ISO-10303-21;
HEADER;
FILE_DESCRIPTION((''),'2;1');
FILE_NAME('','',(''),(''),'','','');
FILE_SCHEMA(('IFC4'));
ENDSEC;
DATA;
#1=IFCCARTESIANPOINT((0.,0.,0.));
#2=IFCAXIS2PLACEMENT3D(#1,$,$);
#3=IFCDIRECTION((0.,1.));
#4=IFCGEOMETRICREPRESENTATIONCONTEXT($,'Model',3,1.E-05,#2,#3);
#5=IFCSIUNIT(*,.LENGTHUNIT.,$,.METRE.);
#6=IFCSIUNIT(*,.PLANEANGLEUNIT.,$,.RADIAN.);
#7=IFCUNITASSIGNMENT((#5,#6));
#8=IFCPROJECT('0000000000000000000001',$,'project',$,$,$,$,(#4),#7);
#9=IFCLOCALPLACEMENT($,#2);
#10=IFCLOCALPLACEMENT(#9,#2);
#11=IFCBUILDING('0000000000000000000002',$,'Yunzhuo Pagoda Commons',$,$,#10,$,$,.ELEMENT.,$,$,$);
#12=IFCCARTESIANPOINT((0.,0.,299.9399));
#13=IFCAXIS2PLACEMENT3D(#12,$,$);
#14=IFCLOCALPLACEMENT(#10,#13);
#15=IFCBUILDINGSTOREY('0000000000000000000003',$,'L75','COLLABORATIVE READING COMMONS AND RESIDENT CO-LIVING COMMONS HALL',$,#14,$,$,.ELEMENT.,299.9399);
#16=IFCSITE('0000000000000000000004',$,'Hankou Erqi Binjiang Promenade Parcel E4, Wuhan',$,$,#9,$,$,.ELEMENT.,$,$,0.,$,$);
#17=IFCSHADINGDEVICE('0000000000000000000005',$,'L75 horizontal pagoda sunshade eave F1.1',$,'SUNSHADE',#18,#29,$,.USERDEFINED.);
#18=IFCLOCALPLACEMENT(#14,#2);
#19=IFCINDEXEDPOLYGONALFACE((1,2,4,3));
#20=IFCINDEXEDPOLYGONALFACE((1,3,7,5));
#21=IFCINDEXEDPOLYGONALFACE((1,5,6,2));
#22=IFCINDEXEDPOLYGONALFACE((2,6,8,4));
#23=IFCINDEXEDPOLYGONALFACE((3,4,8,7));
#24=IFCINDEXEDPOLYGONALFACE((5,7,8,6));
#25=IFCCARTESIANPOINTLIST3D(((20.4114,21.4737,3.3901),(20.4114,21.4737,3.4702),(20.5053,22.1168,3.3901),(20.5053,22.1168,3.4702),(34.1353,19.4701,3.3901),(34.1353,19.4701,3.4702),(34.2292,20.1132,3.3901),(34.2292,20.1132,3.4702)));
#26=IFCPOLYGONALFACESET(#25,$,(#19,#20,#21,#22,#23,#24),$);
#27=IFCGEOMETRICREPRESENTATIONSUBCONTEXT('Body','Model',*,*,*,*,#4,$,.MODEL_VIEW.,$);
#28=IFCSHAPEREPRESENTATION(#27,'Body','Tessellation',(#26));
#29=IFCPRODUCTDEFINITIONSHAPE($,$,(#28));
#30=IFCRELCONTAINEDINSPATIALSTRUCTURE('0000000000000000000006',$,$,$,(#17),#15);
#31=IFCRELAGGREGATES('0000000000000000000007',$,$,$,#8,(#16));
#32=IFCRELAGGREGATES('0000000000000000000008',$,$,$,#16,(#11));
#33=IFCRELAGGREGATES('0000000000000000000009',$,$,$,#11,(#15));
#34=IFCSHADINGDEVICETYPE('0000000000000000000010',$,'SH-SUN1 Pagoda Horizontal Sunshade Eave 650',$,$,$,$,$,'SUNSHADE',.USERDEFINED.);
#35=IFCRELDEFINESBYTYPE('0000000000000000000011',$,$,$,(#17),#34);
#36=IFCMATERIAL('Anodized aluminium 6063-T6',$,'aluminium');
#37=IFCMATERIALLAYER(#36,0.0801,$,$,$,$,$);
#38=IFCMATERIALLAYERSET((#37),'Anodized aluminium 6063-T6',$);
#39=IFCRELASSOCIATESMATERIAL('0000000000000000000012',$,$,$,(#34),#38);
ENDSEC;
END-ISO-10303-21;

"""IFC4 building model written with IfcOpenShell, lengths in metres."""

from ifc_helpers import new_model, si_unit, direction, frame, origin, origin_2d, place, context, subcontext, project, spatial, rectangle, extrude, source, transform, mapped, material, layer, layer_set, type_object, element, save


model = new_model("IFC4")

# Units and contexts
model_context = context("Model", 3, precision=1e-05, world=origin(), true_north=direction((0.0, 1.0)))
body_context = subcontext(model_context, "Body", "Model", "MODEL_VIEW")
ifc_project = project(units=[si_unit("LENGTHUNIT", "METRE"), si_unit("PLANEANGLEUNIT", "RADIAN")], contexts=[model_context])

# Site, building, storey
site_placement = place(None, origin())
site = spatial("IfcSite", under=ifc_project, at=site_placement, Name="Hankou Erqi Binjiang Promenade Parcel E4, Wuhan", CompositionType="ELEMENT", RefElevation=0.0)
building_placement = place(site_placement, origin())
building = spatial("IfcBuilding", under=site, at=building_placement, Name="Yunzhuo Pagoda Commons", CompositionType="ELEMENT")
storey_placement = place(building_placement, frame((0.0, 0.0, 299.9399)))
storey = spatial("IfcBuildingStorey", under=building, at=storey_placement, Name="L75", Description="COLLABORATIVE READING COMMONS AND RESIDENT CO-LIVING COMMONS HALL", CompositionType="ELEMENT", Elevation=299.9399)

# Shared definitions
ifc_material_1 = material(Name="Anodized aluminium 6063-T6", Category="aluminium")

# Shading device
ifc_layer_1 = layer(ifc_material_1, 0.0801)
ifc_layer_set_1 = layer_set([ifc_layer_1], Name="Anodized aluminium 6063-T6")
shading_device_type = type_object("IfcShadingDeviceType", Name="SH-SUN1 Pagoda Horizontal Sunshade Eave 650", ElementType="SUNSHADE", PredefinedType="USERDEFINED", material=ifc_layer_set_1)
shared_shape_1 = source(origin(), body_context, "Body", "SweptSolid", [
    extrude(rectangle(XDim=13.8694, YDim=0.6499, at=origin_2d()), origin(), (0.0, 0.0, 1.0), 0.0801),
])
shading_device_placement = place(storey_placement, frame((27.3203, 20.7935, 3.3901), z_axis=(0.0, 0.0, 1.0), x_axis=(0.989511, -0.14446, 0.0)))
element("IfcShadingDevice", 1, at=shading_device_placement, inside=storey, type_object=shading_device_type, Name="L75 horizontal pagoda sunshade eave F1.1", ObjectType="SUNSHADE", PredefinedType="USERDEFINED", context=body_context, shape_type="MappedRepresentation", body=[
    mapped(shared_shape_1, transform((0.0, 0.0, 0.0), scale=1.0)),
])

save(model, "model.ifc")
